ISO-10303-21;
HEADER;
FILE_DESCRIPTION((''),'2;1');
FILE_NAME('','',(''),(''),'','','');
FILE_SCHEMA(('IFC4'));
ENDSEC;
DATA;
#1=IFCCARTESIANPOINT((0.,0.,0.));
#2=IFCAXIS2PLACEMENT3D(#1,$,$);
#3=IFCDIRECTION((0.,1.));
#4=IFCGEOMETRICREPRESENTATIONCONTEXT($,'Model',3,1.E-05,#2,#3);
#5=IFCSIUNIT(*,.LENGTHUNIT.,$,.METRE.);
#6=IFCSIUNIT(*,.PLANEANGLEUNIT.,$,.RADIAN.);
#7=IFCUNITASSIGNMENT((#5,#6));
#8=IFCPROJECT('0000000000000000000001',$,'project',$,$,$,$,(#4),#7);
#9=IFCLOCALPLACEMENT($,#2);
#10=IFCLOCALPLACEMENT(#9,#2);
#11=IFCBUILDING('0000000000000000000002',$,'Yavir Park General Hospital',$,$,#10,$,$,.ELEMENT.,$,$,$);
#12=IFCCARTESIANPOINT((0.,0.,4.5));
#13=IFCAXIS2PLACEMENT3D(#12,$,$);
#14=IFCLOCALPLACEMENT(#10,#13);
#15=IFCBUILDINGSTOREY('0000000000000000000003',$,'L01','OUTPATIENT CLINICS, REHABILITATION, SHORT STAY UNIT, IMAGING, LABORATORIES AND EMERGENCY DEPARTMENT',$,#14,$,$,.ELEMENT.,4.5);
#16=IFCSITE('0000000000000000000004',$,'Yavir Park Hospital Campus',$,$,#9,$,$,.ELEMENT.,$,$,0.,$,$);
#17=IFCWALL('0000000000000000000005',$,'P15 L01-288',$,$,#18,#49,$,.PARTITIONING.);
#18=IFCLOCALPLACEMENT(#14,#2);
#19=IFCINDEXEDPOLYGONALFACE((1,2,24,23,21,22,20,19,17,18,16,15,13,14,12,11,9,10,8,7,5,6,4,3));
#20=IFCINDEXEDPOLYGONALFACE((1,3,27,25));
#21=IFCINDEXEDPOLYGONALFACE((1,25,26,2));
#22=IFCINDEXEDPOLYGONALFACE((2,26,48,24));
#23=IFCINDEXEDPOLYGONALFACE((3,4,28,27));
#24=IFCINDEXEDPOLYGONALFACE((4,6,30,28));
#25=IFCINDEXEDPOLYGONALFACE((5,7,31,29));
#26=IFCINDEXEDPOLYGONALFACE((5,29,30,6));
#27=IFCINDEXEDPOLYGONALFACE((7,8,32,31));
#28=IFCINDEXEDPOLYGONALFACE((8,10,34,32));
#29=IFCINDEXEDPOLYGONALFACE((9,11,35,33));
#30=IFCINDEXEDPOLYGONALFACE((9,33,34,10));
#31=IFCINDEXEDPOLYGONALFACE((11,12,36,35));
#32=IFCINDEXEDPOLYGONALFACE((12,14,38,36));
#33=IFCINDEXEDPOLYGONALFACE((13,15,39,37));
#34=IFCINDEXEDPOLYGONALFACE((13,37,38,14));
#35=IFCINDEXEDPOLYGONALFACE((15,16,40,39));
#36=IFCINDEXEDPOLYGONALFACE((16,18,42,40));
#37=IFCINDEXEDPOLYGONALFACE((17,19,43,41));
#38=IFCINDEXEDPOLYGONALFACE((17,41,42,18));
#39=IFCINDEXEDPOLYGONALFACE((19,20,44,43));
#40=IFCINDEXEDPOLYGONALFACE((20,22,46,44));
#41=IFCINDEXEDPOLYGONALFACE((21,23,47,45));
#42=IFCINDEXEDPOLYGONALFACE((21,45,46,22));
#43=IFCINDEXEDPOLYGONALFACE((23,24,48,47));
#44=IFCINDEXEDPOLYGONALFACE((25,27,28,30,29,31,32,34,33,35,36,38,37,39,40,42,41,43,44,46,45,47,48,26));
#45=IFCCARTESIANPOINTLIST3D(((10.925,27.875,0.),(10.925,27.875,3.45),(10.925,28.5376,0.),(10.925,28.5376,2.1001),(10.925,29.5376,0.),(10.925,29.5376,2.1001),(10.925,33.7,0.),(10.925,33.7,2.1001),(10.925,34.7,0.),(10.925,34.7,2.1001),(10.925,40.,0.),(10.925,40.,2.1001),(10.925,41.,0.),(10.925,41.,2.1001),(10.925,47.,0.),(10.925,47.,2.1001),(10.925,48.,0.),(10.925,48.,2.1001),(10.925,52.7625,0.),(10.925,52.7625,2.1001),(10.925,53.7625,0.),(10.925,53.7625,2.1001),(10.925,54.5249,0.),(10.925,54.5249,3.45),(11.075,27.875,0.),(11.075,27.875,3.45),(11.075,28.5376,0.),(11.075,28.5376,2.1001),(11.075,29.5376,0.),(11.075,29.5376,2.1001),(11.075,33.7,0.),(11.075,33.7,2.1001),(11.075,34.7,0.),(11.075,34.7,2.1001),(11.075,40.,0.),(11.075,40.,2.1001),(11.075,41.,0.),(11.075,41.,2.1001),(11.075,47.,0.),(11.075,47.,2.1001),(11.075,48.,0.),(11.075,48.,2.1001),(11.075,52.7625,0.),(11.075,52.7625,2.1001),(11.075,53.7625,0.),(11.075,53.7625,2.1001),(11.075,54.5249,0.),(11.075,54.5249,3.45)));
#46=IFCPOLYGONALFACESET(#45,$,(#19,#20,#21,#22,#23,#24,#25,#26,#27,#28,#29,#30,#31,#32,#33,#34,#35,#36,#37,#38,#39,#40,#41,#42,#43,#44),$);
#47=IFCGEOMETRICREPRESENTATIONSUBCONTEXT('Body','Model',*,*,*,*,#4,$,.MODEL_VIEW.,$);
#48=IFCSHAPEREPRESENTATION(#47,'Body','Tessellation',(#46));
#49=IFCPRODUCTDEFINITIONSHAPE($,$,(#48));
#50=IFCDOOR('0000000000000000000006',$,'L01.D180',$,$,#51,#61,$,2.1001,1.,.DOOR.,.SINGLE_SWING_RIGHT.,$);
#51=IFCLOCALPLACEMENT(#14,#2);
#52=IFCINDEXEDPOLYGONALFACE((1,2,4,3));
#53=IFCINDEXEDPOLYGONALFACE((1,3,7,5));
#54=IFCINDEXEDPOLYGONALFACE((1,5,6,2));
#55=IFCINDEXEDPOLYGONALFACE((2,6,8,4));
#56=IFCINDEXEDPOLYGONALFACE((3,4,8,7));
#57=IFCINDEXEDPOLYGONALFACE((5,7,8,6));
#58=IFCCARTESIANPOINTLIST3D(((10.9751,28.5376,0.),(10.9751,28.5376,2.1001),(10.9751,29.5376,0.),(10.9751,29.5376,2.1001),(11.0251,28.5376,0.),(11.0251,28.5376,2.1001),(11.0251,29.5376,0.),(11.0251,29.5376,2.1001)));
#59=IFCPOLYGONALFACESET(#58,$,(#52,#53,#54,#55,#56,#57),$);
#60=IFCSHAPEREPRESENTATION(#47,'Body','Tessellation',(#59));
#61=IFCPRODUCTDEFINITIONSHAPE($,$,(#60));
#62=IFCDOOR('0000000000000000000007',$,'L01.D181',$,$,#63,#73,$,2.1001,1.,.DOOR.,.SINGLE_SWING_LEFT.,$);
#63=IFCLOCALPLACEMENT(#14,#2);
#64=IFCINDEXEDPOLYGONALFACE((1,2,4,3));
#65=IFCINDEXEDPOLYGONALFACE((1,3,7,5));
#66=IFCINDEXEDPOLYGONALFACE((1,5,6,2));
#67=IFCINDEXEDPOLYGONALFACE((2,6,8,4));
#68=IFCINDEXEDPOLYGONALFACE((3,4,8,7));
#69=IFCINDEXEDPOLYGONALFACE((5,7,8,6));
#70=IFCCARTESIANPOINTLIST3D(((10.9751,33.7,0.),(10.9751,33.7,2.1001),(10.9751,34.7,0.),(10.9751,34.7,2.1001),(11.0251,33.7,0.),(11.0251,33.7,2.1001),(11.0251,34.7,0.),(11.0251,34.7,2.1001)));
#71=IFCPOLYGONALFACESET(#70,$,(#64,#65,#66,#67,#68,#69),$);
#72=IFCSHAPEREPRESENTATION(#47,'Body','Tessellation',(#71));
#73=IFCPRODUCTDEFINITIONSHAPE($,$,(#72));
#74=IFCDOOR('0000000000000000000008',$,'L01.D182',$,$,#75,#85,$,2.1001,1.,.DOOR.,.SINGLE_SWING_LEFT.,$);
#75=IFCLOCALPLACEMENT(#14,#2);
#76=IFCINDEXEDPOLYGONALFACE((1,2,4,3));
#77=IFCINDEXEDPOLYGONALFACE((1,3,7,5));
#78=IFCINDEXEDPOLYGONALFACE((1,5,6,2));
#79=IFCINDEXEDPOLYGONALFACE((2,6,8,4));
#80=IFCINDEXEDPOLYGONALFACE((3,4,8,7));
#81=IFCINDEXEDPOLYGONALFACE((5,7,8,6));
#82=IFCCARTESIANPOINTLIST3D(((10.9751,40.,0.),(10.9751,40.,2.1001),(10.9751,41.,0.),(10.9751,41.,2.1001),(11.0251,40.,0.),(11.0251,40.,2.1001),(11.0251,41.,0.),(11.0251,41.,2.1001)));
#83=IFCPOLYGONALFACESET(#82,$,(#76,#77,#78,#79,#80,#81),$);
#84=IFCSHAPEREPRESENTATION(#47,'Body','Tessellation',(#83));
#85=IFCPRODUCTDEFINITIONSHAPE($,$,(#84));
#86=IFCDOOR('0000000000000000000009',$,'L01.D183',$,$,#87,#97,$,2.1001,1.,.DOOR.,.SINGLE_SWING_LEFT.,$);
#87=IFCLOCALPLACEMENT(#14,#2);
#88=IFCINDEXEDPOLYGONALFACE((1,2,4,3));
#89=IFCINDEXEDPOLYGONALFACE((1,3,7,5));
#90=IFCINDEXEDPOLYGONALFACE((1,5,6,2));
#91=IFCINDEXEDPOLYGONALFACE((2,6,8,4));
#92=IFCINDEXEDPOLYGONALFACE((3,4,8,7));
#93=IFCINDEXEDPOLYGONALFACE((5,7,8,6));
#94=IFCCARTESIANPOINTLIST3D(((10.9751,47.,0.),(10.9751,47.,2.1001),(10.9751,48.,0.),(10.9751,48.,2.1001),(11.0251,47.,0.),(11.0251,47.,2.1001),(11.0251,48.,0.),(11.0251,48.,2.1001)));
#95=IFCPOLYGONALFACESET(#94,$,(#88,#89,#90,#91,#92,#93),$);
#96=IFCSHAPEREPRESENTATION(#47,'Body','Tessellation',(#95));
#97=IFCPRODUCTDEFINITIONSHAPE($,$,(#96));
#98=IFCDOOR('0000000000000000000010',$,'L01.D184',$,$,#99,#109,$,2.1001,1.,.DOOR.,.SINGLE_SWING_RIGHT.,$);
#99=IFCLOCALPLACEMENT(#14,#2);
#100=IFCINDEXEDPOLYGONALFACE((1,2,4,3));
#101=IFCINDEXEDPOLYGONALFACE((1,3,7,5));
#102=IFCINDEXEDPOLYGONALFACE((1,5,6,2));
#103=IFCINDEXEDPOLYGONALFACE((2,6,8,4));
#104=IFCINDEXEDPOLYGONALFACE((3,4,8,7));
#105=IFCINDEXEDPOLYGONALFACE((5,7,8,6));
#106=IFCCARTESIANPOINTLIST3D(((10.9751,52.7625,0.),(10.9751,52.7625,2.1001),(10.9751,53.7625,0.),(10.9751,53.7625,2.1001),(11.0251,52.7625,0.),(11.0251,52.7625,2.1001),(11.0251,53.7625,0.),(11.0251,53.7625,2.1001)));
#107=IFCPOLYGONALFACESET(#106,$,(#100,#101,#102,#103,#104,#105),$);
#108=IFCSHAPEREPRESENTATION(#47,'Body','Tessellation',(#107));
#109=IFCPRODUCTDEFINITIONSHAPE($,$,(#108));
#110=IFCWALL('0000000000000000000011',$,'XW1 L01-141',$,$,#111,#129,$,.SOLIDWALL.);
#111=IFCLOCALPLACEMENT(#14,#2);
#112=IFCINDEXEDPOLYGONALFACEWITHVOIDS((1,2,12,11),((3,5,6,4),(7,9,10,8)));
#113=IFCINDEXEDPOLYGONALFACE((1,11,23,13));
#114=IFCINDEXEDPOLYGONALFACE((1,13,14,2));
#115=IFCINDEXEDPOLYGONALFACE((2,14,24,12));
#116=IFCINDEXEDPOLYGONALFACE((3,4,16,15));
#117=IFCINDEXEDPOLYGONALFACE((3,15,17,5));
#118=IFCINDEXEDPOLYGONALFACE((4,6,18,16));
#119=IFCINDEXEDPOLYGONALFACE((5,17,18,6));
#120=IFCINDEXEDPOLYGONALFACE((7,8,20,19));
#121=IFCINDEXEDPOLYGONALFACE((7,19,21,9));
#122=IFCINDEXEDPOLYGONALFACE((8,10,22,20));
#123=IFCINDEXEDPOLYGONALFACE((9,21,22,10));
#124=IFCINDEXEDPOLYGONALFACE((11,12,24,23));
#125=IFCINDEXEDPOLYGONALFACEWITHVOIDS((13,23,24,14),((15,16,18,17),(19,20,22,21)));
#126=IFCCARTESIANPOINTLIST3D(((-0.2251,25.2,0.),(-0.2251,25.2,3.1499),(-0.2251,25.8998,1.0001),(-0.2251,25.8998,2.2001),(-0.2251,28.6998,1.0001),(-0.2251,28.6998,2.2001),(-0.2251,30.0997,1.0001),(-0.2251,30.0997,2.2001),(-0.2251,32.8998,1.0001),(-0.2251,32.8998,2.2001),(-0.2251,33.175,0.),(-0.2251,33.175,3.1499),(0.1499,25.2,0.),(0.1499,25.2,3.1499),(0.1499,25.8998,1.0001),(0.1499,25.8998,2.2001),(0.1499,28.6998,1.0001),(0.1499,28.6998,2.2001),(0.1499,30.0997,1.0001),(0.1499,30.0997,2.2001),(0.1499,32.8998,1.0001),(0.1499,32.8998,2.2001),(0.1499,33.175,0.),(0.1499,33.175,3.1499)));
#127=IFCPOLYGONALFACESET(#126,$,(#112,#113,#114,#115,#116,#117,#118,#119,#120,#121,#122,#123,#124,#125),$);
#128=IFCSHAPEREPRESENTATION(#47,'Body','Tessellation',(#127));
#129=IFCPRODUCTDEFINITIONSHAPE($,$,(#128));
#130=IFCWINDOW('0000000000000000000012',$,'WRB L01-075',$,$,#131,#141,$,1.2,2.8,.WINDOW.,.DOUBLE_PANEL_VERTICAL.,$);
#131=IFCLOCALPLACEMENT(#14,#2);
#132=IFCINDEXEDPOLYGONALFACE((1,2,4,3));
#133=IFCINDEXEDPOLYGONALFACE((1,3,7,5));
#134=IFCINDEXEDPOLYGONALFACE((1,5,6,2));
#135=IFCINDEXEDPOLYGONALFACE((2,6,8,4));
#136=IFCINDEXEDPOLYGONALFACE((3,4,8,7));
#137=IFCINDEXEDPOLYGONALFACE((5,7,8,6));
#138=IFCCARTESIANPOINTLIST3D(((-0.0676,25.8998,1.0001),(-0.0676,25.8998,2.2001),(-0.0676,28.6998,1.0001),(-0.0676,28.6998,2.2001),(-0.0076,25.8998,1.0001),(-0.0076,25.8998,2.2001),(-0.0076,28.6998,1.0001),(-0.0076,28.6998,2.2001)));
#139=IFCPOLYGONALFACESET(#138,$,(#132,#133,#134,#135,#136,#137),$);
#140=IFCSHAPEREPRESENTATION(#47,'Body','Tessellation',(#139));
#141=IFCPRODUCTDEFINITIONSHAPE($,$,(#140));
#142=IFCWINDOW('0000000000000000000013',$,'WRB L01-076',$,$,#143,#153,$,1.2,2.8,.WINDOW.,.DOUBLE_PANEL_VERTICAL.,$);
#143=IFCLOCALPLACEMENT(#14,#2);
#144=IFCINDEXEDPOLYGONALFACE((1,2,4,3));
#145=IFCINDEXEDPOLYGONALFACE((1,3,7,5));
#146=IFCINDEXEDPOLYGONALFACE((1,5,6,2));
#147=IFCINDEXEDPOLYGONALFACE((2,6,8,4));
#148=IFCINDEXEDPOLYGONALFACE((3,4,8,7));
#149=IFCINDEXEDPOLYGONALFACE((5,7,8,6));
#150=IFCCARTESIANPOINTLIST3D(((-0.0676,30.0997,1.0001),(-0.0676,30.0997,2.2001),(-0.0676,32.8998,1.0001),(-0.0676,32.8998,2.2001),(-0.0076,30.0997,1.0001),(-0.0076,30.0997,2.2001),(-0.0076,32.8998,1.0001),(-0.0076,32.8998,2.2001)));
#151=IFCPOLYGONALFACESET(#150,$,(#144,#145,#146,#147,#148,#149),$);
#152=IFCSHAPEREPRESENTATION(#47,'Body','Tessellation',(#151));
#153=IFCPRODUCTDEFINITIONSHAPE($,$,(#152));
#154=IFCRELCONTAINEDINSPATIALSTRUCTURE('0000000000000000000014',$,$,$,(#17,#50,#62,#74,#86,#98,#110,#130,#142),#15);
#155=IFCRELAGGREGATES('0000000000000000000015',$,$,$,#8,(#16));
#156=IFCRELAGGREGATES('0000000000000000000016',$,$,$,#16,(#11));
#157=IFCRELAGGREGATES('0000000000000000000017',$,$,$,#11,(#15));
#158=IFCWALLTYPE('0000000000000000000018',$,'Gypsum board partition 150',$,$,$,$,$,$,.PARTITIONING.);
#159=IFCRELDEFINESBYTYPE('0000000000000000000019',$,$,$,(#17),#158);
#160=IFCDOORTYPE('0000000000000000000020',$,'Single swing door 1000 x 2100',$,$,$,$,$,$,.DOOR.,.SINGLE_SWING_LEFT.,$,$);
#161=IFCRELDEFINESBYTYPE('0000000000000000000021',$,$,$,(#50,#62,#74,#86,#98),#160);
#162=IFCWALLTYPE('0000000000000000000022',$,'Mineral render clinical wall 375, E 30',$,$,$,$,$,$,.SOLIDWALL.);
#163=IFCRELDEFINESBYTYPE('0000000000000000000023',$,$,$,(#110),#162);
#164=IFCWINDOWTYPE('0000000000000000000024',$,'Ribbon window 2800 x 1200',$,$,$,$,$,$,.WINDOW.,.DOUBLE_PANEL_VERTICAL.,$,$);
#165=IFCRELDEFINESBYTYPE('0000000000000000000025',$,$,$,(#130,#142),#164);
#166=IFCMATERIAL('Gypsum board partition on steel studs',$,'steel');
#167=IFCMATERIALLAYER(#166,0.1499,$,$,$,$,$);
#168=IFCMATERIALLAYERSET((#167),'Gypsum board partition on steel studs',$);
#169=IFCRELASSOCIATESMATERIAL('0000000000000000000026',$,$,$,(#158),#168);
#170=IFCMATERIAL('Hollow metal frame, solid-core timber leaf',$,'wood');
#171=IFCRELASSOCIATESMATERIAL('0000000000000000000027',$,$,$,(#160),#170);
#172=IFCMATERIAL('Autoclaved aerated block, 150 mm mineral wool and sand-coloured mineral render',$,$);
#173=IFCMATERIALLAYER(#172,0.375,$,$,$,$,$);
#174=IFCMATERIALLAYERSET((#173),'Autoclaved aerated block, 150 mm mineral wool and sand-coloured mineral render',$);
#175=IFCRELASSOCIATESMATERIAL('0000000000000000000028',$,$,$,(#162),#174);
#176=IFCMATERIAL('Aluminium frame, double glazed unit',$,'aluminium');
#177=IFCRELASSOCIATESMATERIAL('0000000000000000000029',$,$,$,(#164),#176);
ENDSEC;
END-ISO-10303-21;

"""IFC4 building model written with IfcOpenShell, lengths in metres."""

from ifc_helpers import new_model, si_unit, direction, frame, frame_2d, origin, place, context, subcontext, project, spatial, rectangle, extrude, material, layer, layer_set, type_object, element, fill, save


model = new_model("IFC4")

# Units and contexts
model_context = context("Model", 3, precision=1e-05, world=origin(), true_north=direction((0.0, 1.0)))
body_context = subcontext(model_context, "Body", "Model", "MODEL_VIEW")
ifc_project = project(units=[si_unit("LENGTHUNIT", "METRE"), si_unit("PLANEANGLEUNIT", "RADIAN")], contexts=[model_context])

# Site, building, storey
site_placement = place(None, origin())
site = spatial("IfcSite", under=ifc_project, at=site_placement, Name="Yavir Park Hospital Campus", CompositionType="ELEMENT", RefElevation=0.0)
building_placement = place(site_placement, origin())
building = spatial("IfcBuilding", under=site, at=building_placement, Name="Yavir Park General Hospital", CompositionType="ELEMENT")
storey_placement = place(building_placement, frame((0.0, 0.0, 4.5)))
storey = spatial("IfcBuildingStorey", under=building, at=storey_placement, Name="L01", Description="OUTPATIENT CLINICS, REHABILITATION, SHORT STAY UNIT, IMAGING, LABORATORIES AND EMERGENCY DEPARTMENT", CompositionType="ELEMENT", Elevation=4.5)

# Shared definitions
ifc_material_1 = material(Name="Gypsum board partition on steel studs", Category="steel")
ifc_layer_1 = layer(ifc_material_1, 0.1499)
ifc_layer_set_1 = layer_set([ifc_layer_1], Name="Gypsum board partition on steel studs")
wall_type_1 = type_object("IfcWallType", Name="Gypsum board partition 150", PredefinedType="PARTITIONING", material=ifc_layer_set_1)

# Wall, openings, doors
wall_1_placement = place(storey_placement, frame((11.0, 27.875, 0.0), z_axis=(0.0, 0.0, 1.0), x_axis=(0.0, 1.0, 0.0)))
wall_1 = element("IfcWall", 1, at=wall_1_placement, inside=storey, type_object=wall_type_1, Name="P15 L01-288", PredefinedType="PARTITIONING", context=body_context, shape_type="SweptSolid", body=[
    extrude(rectangle(XDim=26.6499, YDim=0.1499, at=frame_2d((13.325, 0.0))), origin(), (0.0, 0.0, 1.0), 3.45),
])
opening_1_placement = place(wall_1_placement, frame((0.6626, 0.0, 0.0)))
opening_1 = element("IfcOpeningElement", 2, at=opening_1_placement, cuts=wall_1, PredefinedType="OPENING", context=body_context, shape_type="SweptSolid", body=[
    extrude(rectangle(XDim=1.0, YDim=2.1001, at=frame_2d((0.5, 1.05))), frame((0.0, 0.085, 0.0), z_axis=(0.0, -1.0, 0.0), x_axis=(1.0, 0.0, 0.0)), (0.0, 0.0, 1.0), 0.1699),
])
opening_2_placement = place(wall_1_placement, frame((5.825, 0.0, 0.0)))
opening_2 = element("IfcOpeningElement", 3, at=opening_2_placement, cuts=wall_1, PredefinedType="OPENING", context=body_context, shape_type="SweptSolid", body=[
    extrude(rectangle(XDim=1.0, YDim=2.1001, at=frame_2d((0.5, 1.05))), frame((0.0, 0.085, 0.0), z_axis=(0.0, -1.0, 0.0), x_axis=(1.0, 0.0, 0.0)), (0.0, 0.0, 1.0), 0.1699),
])
opening_3_placement = place(wall_1_placement, frame((12.125, 0.0, 0.0)))
opening_3 = element("IfcOpeningElement", 4, at=opening_3_placement, cuts=wall_1, PredefinedType="OPENING", context=body_context, shape_type="SweptSolid", body=[
    extrude(rectangle(XDim=1.0, YDim=2.1001, at=frame_2d((0.5, 1.05))), frame((0.0, 0.085, 0.0), z_axis=(0.0, -1.0, 0.0), x_axis=(1.0, 0.0, 0.0)), (0.0, 0.0, 1.0), 0.1699),
])
opening_4_placement = place(wall_1_placement, frame((19.125, 0.0, 0.0)))
opening_4 = element("IfcOpeningElement", 5, at=opening_4_placement, cuts=wall_1, PredefinedType="OPENING", context=body_context, shape_type="SweptSolid", body=[
    extrude(rectangle(XDim=1.0, YDim=2.1001, at=frame_2d((0.5, 1.05))), frame((0.0, 0.085, 0.0), z_axis=(0.0, -1.0, 0.0), x_axis=(1.0, 0.0, 0.0)), (0.0, 0.0, 1.0), 0.1699),
])
opening_5_placement = place(wall_1_placement, frame((24.8875, 0.0, 0.0)))
opening_5 = element("IfcOpeningElement", 6, at=opening_5_placement, cuts=wall_1, PredefinedType="OPENING", context=body_context, shape_type="SweptSolid", body=[
    extrude(rectangle(XDim=1.0, YDim=2.1001, at=frame_2d((0.5, 1.05))), frame((0.0, 0.085, 0.0), z_axis=(0.0, -1.0, 0.0), x_axis=(1.0, 0.0, 0.0)), (0.0, 0.0, 1.0), 0.1699),
])
ifc_material_2 = material(Name="Hollow metal frame, solid-core timber leaf", Category="wood")
door_type_1 = type_object("IfcDoorType", Name="Single swing door 1000 x 2100", OperationType="SINGLE_SWING_LEFT", PredefinedType="DOOR", material=ifc_material_2)
door_1_placement = place(opening_1_placement, origin())
door_1 = element("IfcDoor", 7, at=door_1_placement, inside=storey, type_object=door_type_1, Name="L01.D180", OperationType="SINGLE_SWING_RIGHT", OverallHeight=2.1001, OverallWidth=1.0, PredefinedType="DOOR", context=body_context, shape_type="SweptSolid", body=[
    extrude(rectangle(XDim=1.0, YDim=2.1001, at=frame_2d((0.5, 1.05))), frame((0.0, 0.0249, 0.0), z_axis=(0.0, -1.0, 0.0), x_axis=(1.0, 0.0, 0.0)), (0.0, 0.0, 1.0), 0.05),
])
fill(opening_1, door_1)
door_2_placement = place(opening_2_placement, origin())
door_2 = element("IfcDoor", 8, at=door_2_placement, inside=storey, type_object=door_type_1, Name="L01.D181", OperationType="SINGLE_SWING_LEFT", OverallHeight=2.1001, OverallWidth=1.0, PredefinedType="DOOR", context=body_context, shape_type="SweptSolid", body=[
    extrude(rectangle(XDim=1.0, YDim=2.1001, at=frame_2d((0.5, 1.05))), frame((0.0, 0.0249, 0.0), z_axis=(0.0, -1.0, 0.0), x_axis=(1.0, 0.0, 0.0)), (0.0, 0.0, 1.0), 0.05),
])
fill(opening_2, door_2)
door_3_placement = place(opening_3_placement, origin())
door_3 = element("IfcDoor", 9, at=door_3_placement, inside=storey, type_object=door_type_1, Name="L01.D182", OperationType="SINGLE_SWING_LEFT", OverallHeight=2.1001, OverallWidth=1.0, PredefinedType="DOOR", context=body_context, shape_type="SweptSolid", body=[
    extrude(rectangle(XDim=1.0, YDim=2.1001, at=frame_2d((0.5, 1.05))), frame((0.0, 0.0249, 0.0), z_axis=(0.0, -1.0, 0.0), x_axis=(1.0, 0.0, 0.0)), (0.0, 0.0, 1.0), 0.05),
])
fill(opening_3, door_3)
door_4_placement = place(opening_4_placement, origin())
door_4 = element("IfcDoor", 10, at=door_4_placement, inside=storey, type_object=door_type_1, Name="L01.D183", OperationType="SINGLE_SWING_LEFT", OverallHeight=2.1001, OverallWidth=1.0, PredefinedType="DOOR", context=body_context, shape_type="SweptSolid", body=[
    extrude(rectangle(XDim=1.0, YDim=2.1001, at=frame_2d((0.5, 1.05))), frame((0.0, 0.0249, 0.0), z_axis=(0.0, -1.0, 0.0), x_axis=(1.0, 0.0, 0.0)), (0.0, 0.0, 1.0), 0.05),
])
fill(opening_4, door_4)
door_5_placement = place(opening_5_placement, origin())
door_5 = element("IfcDoor", 11, at=door_5_placement, inside=storey, type_object=door_type_1, Name="L01.D184", OperationType="SINGLE_SWING_RIGHT", OverallHeight=2.1001, OverallWidth=1.0, PredefinedType="DOOR", context=body_context, shape_type="SweptSolid", body=[
    extrude(rectangle(XDim=1.0, YDim=2.1001, at=frame_2d((0.5, 1.05))), frame((0.0, 0.0249, 0.0), z_axis=(0.0, -1.0, 0.0), x_axis=(1.0, 0.0, 0.0)), (0.0, 0.0, 1.0), 0.05),
])
fill(opening_5, door_5)

# Wall, openings, windows
ifc_material_3 = material(Name="Autoclaved aerated block, 150 mm mineral wool and sand-coloured mineral render")
ifc_layer_2 = layer(ifc_material_3, 0.375)
ifc_layer_set_2 = layer_set([ifc_layer_2], Name="Autoclaved aerated block, 150 mm mineral wool and sand-coloured mineral render")
wall_type_2 = type_object("IfcWallType", Name="Mineral render clinical wall 375, E 30", PredefinedType="SOLIDWALL", material=ifc_layer_set_2)
wall_2_placement = place(storey_placement, frame((-0.0376, 25.2, 0.0), z_axis=(0.0, 0.0, 1.0), x_axis=(0.0, 1.0, 0.0)))
wall_2 = element("IfcWall", 12, at=wall_2_placement, inside=storey, type_object=wall_type_2, Name="XW1 L01-141", PredefinedType="SOLIDWALL", context=body_context, shape_type="SweptSolid", body=[
    extrude(rectangle(XDim=7.9751, YDim=0.375, at=frame_2d((3.9875, 0.0))), origin(), (0.0, 0.0, 1.0), 3.1499),
])
opening_6_placement = place(wall_2_placement, frame((0.7, 0.0, 1.0)))
opening_6 = element("IfcOpeningElement", 13, at=opening_6_placement, cuts=wall_2, PredefinedType="OPENING", context=body_context, shape_type="SweptSolid", body=[
    extrude(rectangle(XDim=2.8, YDim=1.2, at=frame_2d((1.3999, 0.6001))), frame((0.0, 0.1975, 0.0), z_axis=(0.0, -1.0, 0.0), x_axis=(1.0, 0.0, 0.0)), (0.0, 0.0, 1.0), 0.395),
])
opening_7_placement = place(wall_2_placement, frame((4.8999, 0.0, 1.0)))
opening_7 = element("IfcOpeningElement", 14, at=opening_7_placement, cuts=wall_2, PredefinedType="OPENING", context=body_context, shape_type="SweptSolid", body=[
    extrude(rectangle(XDim=2.8, YDim=1.2, at=frame_2d((1.3999, 0.6001))), frame((0.0, 0.1975, 0.0), z_axis=(0.0, -1.0, 0.0), x_axis=(1.0, 0.0, 0.0)), (0.0, 0.0, 1.0), 0.395),
])
ifc_material_4 = material(Name="Aluminium frame, double glazed unit", Category="aluminium")
window_type = type_object("IfcWindowType", Name="Ribbon window 2800 x 1200", PartitioningType="DOUBLE_PANEL_VERTICAL", PredefinedType="WINDOW", material=ifc_material_4)
window_1_placement = place(opening_6_placement, origin())
window_1 = element("IfcWindow", 15, at=window_1_placement, inside=storey, type_object=window_type, Name="WRB L01-075", OverallHeight=1.2, OverallWidth=2.8, PartitioningType="DOUBLE_PANEL_VERTICAL", PredefinedType="WINDOW", context=body_context, shape_type="SweptSolid", body=[
    extrude(rectangle(XDim=2.8, YDim=1.2, at=frame_2d((1.3999, 0.6001))), frame((0.0, 0.03, 0.0), z_axis=(0.0, -1.0, 0.0), x_axis=(1.0, 0.0, 0.0)), (0.0, 0.0, 1.0), 0.0601),
])
fill(opening_6, window_1)
window_2_placement = place(opening_7_placement, origin())
window_2 = element("IfcWindow", 16, at=window_2_placement, inside=storey, type_object=window_type, Name="WRB L01-076", OverallHeight=1.2, OverallWidth=2.8, PartitioningType="DOUBLE_PANEL_VERTICAL", PredefinedType="WINDOW", context=body_context, shape_type="SweptSolid", body=[
    extrude(rectangle(XDim=2.8, YDim=1.2, at=frame_2d((1.3999, 0.6001))), frame((0.0, 0.03, 0.0), z_axis=(0.0, -1.0, 0.0), x_axis=(1.0, 0.0, 0.0)), (0.0, 0.0, 1.0), 0.0601),
])
fill(opening_7, window_2)

save(model, "model.ifc")
